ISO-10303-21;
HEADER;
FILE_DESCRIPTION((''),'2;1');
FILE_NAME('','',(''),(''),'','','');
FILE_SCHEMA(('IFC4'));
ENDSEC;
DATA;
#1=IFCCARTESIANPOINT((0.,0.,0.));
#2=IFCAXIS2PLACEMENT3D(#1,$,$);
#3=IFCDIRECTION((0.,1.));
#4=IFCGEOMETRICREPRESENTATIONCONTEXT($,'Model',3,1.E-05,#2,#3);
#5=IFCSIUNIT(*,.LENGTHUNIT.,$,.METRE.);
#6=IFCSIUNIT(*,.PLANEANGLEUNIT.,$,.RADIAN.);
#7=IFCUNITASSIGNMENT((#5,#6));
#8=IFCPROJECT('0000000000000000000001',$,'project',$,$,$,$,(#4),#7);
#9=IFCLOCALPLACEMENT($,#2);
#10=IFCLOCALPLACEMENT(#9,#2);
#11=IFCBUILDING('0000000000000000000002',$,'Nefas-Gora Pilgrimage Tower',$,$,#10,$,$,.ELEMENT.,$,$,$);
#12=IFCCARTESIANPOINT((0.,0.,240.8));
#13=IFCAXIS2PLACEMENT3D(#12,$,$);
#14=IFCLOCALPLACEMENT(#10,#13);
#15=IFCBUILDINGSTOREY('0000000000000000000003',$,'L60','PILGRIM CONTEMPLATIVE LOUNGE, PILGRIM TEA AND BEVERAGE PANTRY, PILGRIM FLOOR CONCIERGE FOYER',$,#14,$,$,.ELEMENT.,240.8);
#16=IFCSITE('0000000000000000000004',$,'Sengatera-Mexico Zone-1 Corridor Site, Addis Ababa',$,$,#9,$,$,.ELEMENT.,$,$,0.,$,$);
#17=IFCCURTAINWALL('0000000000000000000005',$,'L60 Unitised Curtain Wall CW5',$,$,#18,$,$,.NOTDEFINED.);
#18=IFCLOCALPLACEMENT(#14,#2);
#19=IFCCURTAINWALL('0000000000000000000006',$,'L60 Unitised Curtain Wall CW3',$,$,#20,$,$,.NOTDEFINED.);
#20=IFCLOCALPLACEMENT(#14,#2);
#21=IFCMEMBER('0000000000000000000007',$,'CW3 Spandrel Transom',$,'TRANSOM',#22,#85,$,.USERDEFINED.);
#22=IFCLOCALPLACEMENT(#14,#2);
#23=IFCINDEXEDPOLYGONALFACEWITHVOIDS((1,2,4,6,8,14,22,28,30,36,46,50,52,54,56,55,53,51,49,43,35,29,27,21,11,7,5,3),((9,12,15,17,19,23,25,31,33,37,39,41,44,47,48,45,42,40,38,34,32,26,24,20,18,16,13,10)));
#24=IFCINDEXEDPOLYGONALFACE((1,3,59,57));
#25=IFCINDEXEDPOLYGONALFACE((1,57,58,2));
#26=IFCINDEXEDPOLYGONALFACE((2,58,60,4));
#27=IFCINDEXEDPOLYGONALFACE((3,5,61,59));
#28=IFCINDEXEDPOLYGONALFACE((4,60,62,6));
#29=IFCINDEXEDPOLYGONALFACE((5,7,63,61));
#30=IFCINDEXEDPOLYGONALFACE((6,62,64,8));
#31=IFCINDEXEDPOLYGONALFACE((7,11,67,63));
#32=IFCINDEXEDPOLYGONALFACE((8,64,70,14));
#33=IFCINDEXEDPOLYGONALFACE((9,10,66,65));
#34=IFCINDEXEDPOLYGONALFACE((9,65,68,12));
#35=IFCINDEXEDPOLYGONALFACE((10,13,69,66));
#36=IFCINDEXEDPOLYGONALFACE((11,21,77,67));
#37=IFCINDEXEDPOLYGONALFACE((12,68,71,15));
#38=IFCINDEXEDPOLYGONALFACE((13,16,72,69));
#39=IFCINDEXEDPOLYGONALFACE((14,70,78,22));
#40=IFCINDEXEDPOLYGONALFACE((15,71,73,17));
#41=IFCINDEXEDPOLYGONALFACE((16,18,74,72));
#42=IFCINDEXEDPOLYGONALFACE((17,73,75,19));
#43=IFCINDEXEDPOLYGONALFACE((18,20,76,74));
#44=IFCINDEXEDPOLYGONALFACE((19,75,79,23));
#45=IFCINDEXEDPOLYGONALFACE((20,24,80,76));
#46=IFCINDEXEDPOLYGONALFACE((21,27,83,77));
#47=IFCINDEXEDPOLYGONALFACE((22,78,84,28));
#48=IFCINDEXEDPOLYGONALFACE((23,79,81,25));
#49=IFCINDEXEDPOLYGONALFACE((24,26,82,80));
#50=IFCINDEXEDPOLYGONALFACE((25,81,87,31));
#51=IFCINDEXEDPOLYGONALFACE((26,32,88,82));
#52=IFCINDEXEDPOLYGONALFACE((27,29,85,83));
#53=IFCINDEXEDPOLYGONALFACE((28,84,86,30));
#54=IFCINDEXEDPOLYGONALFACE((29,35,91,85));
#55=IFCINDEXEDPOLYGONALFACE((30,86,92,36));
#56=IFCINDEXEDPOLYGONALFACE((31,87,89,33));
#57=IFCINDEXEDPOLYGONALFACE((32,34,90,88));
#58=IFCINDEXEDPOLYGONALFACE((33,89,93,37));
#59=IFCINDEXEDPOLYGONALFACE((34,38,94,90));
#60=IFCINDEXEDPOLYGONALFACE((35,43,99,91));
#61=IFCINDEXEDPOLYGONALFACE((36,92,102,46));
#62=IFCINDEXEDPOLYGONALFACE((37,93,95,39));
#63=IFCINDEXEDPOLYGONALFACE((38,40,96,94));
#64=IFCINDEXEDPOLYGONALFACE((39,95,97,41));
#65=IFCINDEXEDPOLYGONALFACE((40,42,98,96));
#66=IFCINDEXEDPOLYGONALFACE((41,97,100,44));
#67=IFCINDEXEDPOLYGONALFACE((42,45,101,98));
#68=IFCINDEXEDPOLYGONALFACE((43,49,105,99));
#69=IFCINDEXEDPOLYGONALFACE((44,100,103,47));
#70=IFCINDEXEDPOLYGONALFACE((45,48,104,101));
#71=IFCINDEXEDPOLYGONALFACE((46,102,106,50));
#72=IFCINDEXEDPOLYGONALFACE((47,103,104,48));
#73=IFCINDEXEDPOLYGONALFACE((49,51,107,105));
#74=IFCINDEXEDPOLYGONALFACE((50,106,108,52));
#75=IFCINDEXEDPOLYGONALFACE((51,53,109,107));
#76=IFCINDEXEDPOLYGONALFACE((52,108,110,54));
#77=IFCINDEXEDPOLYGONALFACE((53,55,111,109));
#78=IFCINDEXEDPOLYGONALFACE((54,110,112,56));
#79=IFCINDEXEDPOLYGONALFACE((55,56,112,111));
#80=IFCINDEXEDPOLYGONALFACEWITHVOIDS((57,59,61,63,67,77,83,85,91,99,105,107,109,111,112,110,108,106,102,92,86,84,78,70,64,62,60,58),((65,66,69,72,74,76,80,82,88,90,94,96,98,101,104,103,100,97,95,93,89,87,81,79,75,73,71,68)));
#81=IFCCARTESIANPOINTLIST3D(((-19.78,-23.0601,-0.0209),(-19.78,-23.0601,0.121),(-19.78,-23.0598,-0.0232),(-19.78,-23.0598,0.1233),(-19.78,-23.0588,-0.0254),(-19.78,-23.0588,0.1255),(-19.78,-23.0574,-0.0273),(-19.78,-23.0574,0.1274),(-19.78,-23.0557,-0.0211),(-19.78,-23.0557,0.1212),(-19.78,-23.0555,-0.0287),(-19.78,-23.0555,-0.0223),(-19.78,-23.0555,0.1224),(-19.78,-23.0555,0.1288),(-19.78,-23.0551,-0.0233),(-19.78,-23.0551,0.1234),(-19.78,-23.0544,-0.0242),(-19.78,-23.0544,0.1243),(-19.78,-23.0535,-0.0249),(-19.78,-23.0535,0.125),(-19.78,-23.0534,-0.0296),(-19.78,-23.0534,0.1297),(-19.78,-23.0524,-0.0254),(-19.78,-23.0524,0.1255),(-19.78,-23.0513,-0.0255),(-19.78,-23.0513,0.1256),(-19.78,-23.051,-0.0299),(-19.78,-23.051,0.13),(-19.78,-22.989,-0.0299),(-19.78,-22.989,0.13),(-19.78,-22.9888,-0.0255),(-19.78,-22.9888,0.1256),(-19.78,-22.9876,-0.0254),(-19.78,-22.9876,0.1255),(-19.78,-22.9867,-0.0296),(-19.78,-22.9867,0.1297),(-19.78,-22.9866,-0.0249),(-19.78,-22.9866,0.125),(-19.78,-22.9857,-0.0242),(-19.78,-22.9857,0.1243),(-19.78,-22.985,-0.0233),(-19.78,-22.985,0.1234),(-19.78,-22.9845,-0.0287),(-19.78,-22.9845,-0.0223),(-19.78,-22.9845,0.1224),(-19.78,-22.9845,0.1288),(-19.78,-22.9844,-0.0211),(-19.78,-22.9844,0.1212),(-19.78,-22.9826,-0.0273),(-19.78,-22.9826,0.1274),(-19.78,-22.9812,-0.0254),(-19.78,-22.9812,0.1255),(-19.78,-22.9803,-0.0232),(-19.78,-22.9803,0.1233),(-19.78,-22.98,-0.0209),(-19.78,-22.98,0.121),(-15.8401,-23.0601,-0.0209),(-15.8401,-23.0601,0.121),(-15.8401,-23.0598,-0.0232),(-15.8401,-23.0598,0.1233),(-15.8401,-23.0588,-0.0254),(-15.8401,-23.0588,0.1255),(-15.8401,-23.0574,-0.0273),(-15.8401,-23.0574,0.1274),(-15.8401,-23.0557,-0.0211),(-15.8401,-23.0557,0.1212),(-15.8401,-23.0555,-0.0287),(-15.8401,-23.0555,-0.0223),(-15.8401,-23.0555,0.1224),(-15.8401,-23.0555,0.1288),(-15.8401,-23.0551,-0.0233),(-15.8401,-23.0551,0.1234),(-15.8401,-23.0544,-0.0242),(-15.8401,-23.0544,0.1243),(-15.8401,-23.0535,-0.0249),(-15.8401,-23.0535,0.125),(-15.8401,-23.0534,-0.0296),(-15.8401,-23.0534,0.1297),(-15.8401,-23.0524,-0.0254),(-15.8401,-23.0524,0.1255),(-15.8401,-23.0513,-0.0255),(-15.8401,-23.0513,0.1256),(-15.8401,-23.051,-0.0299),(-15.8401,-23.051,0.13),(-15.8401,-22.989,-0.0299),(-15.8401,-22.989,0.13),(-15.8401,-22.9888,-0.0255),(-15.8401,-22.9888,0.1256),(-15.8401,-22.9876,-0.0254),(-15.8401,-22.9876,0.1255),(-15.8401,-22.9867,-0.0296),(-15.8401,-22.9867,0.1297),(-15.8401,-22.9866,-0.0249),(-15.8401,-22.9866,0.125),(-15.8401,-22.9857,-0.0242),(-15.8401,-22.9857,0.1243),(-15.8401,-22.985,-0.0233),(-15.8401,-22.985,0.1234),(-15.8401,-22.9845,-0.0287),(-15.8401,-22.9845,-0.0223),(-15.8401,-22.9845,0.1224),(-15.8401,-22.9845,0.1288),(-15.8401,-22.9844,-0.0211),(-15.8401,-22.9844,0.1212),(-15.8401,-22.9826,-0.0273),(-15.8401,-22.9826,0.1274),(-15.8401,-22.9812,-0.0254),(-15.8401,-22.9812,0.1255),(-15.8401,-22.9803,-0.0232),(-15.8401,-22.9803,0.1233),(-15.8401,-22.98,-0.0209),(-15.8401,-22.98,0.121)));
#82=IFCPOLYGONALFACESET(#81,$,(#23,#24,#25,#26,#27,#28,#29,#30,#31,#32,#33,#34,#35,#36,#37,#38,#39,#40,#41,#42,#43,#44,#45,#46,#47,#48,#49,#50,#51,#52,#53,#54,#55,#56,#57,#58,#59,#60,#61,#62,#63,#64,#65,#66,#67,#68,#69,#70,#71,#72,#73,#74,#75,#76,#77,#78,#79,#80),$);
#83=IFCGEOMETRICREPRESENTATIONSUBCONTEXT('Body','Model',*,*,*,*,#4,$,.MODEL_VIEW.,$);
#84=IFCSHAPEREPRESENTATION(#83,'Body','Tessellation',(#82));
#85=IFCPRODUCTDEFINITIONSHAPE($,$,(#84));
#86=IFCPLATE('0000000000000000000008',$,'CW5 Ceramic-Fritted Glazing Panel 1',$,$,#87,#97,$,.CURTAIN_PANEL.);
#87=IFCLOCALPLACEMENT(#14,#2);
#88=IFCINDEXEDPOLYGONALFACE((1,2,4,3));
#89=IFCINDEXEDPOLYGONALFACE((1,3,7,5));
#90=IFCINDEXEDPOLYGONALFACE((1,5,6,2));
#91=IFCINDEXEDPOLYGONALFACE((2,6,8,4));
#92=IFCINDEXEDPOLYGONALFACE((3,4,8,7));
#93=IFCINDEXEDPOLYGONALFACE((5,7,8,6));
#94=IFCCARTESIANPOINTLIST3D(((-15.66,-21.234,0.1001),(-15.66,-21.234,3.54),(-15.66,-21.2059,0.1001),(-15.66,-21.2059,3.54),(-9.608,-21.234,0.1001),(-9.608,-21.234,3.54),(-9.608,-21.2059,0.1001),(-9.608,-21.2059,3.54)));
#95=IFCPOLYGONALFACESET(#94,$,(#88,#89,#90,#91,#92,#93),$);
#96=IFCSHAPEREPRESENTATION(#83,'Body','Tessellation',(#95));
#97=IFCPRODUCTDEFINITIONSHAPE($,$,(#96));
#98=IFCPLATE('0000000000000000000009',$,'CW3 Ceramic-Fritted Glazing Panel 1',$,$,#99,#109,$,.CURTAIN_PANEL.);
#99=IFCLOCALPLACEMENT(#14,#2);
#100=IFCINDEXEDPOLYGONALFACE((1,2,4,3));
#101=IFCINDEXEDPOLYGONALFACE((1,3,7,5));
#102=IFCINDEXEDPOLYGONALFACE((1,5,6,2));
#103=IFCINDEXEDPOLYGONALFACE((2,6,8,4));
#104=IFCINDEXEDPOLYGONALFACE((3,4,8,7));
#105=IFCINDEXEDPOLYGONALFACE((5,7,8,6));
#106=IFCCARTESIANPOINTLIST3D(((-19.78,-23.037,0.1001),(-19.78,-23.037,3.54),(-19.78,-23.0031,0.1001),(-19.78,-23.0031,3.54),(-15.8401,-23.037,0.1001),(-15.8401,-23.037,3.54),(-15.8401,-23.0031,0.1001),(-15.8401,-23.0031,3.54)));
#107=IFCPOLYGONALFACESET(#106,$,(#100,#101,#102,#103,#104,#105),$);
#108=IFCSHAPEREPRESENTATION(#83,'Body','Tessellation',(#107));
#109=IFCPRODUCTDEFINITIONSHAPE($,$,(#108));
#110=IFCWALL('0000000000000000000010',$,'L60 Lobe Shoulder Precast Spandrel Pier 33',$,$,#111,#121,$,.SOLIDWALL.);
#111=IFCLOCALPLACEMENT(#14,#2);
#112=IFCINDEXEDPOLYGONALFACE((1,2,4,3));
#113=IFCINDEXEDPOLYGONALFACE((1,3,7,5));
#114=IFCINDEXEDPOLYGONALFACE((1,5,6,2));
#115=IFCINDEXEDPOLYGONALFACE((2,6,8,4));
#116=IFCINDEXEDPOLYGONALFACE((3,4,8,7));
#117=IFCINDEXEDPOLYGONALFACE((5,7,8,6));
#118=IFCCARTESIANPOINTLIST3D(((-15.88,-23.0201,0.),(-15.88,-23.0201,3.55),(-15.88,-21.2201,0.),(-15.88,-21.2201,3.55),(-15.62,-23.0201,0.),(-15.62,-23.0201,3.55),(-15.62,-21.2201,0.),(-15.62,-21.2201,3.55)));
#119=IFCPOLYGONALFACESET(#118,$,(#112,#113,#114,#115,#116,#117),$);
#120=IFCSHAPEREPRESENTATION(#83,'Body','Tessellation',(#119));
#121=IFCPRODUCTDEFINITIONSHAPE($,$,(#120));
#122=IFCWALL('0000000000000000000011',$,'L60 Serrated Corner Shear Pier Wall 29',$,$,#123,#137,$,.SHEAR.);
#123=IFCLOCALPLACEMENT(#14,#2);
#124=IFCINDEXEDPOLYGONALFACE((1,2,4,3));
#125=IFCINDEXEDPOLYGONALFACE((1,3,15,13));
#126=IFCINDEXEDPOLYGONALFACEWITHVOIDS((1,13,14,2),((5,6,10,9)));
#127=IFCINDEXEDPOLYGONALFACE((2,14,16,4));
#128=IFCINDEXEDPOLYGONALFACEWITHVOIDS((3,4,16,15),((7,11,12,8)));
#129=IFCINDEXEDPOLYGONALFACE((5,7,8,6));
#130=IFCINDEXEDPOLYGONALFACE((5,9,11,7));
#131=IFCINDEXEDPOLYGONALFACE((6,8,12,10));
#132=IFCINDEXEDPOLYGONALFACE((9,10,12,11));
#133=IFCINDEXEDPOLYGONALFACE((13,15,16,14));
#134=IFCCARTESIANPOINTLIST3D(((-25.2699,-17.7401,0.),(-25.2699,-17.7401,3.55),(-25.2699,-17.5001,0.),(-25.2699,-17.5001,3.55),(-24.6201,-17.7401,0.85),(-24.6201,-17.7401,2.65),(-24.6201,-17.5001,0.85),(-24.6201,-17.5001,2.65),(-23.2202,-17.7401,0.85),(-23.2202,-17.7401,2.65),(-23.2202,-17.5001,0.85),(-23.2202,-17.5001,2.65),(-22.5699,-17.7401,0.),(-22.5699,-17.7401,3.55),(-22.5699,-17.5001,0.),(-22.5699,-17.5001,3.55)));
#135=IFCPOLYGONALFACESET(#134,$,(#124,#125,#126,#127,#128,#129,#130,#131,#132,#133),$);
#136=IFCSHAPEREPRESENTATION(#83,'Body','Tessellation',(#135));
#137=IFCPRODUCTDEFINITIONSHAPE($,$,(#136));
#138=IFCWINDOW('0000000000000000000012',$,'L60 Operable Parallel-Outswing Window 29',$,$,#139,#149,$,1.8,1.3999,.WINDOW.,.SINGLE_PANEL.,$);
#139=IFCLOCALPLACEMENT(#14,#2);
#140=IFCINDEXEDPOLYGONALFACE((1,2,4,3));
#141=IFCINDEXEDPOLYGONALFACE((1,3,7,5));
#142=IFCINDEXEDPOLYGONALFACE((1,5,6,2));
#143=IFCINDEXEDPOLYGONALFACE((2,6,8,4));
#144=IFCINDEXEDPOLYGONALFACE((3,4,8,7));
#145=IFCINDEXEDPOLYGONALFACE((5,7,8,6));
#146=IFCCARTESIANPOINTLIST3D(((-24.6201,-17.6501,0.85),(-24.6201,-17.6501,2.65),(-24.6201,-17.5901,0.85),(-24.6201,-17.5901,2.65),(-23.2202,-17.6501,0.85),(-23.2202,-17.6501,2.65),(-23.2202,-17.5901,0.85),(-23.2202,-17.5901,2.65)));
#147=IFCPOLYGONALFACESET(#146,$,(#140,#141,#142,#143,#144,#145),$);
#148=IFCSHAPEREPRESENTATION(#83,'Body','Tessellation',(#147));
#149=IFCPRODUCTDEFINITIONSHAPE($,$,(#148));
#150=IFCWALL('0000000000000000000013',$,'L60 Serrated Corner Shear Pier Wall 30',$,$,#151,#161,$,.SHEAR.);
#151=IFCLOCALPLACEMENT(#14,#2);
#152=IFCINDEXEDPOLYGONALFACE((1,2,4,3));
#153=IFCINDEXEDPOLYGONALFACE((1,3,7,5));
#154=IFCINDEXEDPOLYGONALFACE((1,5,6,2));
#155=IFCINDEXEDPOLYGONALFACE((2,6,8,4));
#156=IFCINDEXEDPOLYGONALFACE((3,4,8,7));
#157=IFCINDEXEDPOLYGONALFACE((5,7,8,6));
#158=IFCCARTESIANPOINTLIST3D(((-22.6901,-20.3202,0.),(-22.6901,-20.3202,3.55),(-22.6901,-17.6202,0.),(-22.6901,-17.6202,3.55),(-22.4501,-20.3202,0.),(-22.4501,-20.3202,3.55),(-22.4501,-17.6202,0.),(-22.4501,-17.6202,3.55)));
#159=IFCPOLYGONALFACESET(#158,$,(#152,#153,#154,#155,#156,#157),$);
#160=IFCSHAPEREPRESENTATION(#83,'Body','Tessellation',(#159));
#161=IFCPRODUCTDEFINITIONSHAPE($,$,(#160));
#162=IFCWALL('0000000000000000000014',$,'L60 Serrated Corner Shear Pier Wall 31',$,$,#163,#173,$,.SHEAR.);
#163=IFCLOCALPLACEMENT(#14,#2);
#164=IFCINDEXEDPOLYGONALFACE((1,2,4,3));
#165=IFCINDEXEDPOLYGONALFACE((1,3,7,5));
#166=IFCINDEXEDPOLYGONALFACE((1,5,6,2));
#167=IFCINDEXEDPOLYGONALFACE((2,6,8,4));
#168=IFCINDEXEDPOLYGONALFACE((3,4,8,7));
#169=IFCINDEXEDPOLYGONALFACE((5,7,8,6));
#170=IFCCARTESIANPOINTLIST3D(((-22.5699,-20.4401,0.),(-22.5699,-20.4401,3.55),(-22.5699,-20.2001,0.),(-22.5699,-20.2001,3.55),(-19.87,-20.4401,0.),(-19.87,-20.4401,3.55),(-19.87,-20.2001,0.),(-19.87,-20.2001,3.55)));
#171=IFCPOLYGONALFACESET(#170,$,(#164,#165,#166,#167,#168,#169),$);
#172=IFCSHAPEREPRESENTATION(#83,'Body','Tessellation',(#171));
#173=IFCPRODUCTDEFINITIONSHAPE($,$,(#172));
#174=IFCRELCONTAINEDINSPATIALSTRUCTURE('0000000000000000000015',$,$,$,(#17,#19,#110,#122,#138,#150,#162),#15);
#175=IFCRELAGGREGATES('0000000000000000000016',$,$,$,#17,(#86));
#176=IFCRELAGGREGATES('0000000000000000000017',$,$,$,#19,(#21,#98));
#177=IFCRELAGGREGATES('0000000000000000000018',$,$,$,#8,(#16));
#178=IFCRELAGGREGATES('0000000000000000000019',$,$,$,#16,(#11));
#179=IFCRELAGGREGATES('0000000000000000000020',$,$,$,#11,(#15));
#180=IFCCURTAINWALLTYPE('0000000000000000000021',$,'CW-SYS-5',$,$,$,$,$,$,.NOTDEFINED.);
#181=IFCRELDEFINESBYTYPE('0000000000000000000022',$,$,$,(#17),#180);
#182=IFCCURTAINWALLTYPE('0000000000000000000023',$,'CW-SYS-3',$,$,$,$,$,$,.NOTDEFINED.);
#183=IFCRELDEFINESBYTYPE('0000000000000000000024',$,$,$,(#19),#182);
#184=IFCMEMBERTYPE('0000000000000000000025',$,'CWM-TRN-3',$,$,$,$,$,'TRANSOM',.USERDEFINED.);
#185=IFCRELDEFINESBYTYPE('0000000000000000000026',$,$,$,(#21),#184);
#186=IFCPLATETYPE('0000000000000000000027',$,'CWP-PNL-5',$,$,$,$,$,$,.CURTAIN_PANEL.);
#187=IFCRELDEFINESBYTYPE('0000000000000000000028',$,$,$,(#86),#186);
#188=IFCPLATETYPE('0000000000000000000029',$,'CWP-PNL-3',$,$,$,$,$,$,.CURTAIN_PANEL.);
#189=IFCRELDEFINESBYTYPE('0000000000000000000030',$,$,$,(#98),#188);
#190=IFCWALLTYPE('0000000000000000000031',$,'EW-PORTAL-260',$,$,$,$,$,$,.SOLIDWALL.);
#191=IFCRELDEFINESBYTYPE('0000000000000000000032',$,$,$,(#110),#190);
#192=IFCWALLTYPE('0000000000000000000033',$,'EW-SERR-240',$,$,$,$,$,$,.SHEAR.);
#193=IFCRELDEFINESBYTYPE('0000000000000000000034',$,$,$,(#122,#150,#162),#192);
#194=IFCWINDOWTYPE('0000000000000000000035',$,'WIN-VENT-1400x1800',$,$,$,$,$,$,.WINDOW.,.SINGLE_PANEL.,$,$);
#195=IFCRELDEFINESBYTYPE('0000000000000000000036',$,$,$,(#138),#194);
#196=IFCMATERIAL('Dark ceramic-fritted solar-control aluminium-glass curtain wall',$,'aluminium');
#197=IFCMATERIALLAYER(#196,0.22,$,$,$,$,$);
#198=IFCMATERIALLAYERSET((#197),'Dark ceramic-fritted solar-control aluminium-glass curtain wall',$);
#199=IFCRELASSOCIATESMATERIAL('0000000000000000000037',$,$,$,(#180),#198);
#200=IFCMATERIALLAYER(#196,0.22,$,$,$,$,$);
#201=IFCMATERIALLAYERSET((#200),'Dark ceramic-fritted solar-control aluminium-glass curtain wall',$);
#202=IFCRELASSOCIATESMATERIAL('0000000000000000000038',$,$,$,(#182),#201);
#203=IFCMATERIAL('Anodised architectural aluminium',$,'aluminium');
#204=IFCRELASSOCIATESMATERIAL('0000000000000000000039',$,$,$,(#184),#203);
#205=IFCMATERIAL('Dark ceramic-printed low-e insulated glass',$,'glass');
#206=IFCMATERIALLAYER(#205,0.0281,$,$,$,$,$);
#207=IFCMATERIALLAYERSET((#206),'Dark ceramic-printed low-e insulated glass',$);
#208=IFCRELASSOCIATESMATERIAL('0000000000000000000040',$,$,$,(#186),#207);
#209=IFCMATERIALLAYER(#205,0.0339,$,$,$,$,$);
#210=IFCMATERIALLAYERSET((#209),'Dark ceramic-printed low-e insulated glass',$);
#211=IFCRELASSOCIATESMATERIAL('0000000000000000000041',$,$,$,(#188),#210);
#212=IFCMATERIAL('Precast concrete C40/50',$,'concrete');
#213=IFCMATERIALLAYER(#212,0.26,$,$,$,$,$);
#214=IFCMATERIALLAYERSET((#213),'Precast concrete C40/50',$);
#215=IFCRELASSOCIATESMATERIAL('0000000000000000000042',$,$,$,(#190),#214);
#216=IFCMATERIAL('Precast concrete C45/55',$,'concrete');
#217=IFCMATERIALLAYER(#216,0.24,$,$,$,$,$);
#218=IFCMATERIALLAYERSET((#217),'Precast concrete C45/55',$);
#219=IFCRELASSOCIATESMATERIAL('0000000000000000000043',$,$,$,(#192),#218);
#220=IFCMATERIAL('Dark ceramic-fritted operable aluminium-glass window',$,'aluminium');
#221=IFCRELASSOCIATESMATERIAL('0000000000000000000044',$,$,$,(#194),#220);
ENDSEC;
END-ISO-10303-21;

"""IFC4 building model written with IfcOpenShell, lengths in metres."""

from ifc_helpers import new_model, si_unit, direction, frame, frame_2d, origin, origin_2d, place, context, subcontext, project, spatial, rectangle, hollow_rectangle, extrude, source, transform, mapped, material, layer, layer_set, material_profile, profile_set, type_object, element, fill, aggregate, save


model = new_model("IFC4")

# Units and contexts
model_context = context("Model", 3, precision=1e-05, world=origin(), true_north=direction((0.0, 1.0)))
body_context = subcontext(model_context, "Body", "Model", "MODEL_VIEW")
ifc_project = project(units=[si_unit("LENGTHUNIT", "METRE"), si_unit("PLANEANGLEUNIT", "RADIAN")], contexts=[model_context])

# Site, building, storey
site_placement = place(None, origin())
site = spatial("IfcSite", under=ifc_project, at=site_placement, Name="Sengatera-Mexico Zone-1 Corridor Site, Addis Ababa", CompositionType="ELEMENT", RefElevation=0.0)
building_placement = place(site_placement, origin())
building = spatial("IfcBuilding", under=site, at=building_placement, Name="Nefas-Gora Pilgrimage Tower", CompositionType="ELEMENT")
storey_placement = place(building_placement, frame((0.0, 0.0, 240.8)))
storey = spatial("IfcBuildingStorey", under=building, at=storey_placement, Name="L60", Description="PILGRIM CONTEMPLATIVE LOUNGE, PILGRIM TEA AND BEVERAGE PANTRY, PILGRIM FLOOR CONCIERGE FOYER", CompositionType="ELEMENT", Elevation=240.8)

# Curtain wall
ifc_material_1 = material(Name="Dark ceramic-fritted solar-control aluminium-glass curtain wall", Category="aluminium")
ifc_layer_1 = layer(ifc_material_1, 0.22)
ifc_layer_set_1 = layer_set([ifc_layer_1], Name="Dark ceramic-fritted solar-control aluminium-glass curtain wall")
curtain_wall_type_1 = type_object("IfcCurtainWallType", Name="CW-SYS-5", PredefinedType="NOTDEFINED", material=ifc_layer_set_1)
curtain_wall_1_placement = place(storey_placement, origin())
curtain_wall_1 = element("IfcCurtainWall", 1, at=curtain_wall_1_placement, inside=storey, type_object=curtain_wall_type_1, Name="L60 Unitised Curtain Wall CW5", PredefinedType="NOTDEFINED")
ifc_material_2 = material(Name="Anodised architectural aluminium", Category="aluminium")

# Shared definitions
ifc_layer_2 = layer(ifc_material_1, 0.22)
ifc_layer_set_2 = layer_set([ifc_layer_2], Name="Dark ceramic-fritted solar-control aluminium-glass curtain wall")
curtain_wall_type_2 = type_object("IfcCurtainWallType", Name="CW-SYS-3", PredefinedType="NOTDEFINED", material=ifc_layer_set_2)

# Curtain wall, member
curtain_wall_2_placement = place(storey_placement, origin())
curtain_wall_2 = element("IfcCurtainWall", 2, at=curtain_wall_2_placement, inside=storey, type_object=curtain_wall_type_2, Name="L60 Unitised Curtain Wall CW3", PredefinedType="NOTDEFINED")
ifc_material_profile_1 = material_profile(ifc_material_2, hollow_rectangle(XDim=0.0801, YDim=0.1599, WallThickness=0.0044, InnerFilletRadius=0.0044, OuterFilletRadius=0.009, at=origin_2d()), Name="ALU TRANSOM 80x160")
ifc_profile_set_1 = profile_set([ifc_material_profile_1], Name="Anodised architectural aluminium")
member_type_1 = type_object("IfcMemberType", Name="CWM-TRN-3", ElementType="TRANSOM", PredefinedType="USERDEFINED", material=ifc_profile_set_1)
shared_shape_1 = source(origin(), body_context, "Body", "SweptSolid", [
    extrude(hollow_rectangle(XDim=0.0801, YDim=0.1599, WallThickness=0.0044, InnerFilletRadius=0.0044, OuterFilletRadius=0.009, at=origin_2d()), origin(), (0.0, 0.0, 1.0), 3.9399),
])
member_1_placement = place(storey_placement, frame((-19.78, -23.02, 0.05), z_axis=(1.0, 0.0, 0.0), x_axis=(0.0, 1.0, 0.0)))
member_1 = element("IfcMember", 3, at=member_1_placement, type_object=member_type_1, Name="CW3 Spandrel Transom", ObjectType="TRANSOM", PredefinedType="USERDEFINED", context=body_context, shape_type="MappedRepresentation", body=[
    mapped(shared_shape_1, transform((0.0, 0.0, 0.0), x_axis=(1.0, 0.0, 0.0), y_axis=(0.0, 1.0, 0.0), z_axis=(0.0, 0.0, 1.0), scale=1.0)),
])

# Plates
ifc_material_3 = material(Name="Dark ceramic-printed low-e insulated glass", Category="glass")
ifc_layer_3 = layer(ifc_material_3, 0.0281)
ifc_layer_set_3 = layer_set([ifc_layer_3], Name="Dark ceramic-printed low-e insulated glass")
plate_type_1 = type_object("IfcPlateType", Name="CWP-PNL-5", PredefinedType="CURTAIN_PANEL", material=ifc_layer_set_3)
shared_shape_2 = source(origin(), body_context, "Body", "SweptSolid", [
    extrude(rectangle(XDim=6.052, YDim=0.0281, at=origin_2d()), origin(), (0.0, 0.0, 1.0), 3.4399),
])
plate_1_placement = place(storey_placement, frame((-12.634, -21.22, 0.1001), z_axis=(0.0, 0.0, 1.0), x_axis=(1.0, 0.0, 0.0)))
plate_1 = element("IfcPlate", 4, at=plate_1_placement, type_object=plate_type_1, Name="CW5 Ceramic-Fritted Glazing Panel 1", PredefinedType="CURTAIN_PANEL", context=body_context, shape_type="MappedRepresentation", body=[
    mapped(shared_shape_2, transform((0.0, 0.0, 0.0), x_axis=(1.0, 0.0, 0.0), y_axis=(0.0, 1.0, 0.0), z_axis=(0.0, 0.0, 1.0), scale=1.0)),
])
aggregate(curtain_wall_1, [plate_1])
ifc_layer_4 = layer(ifc_material_3, 0.0339)
ifc_layer_set_4 = layer_set([ifc_layer_4], Name="Dark ceramic-printed low-e insulated glass")
plate_type_2 = type_object("IfcPlateType", Name="CWP-PNL-3", PredefinedType="CURTAIN_PANEL", material=ifc_layer_set_4)
shared_shape_3 = source(origin(), body_context, "Body", "SweptSolid", [
    extrude(rectangle(XDim=3.9399, YDim=0.0339, at=origin_2d()), origin(), (0.0, 0.0, 1.0), 3.4399),
])
plate_2_placement = place(storey_placement, frame((-17.8101, -23.02, 0.1001), z_axis=(0.0, 0.0, 1.0), x_axis=(1.0, 0.0, 0.0)))
plate_2 = element("IfcPlate", 5, at=plate_2_placement, type_object=plate_type_2, Name="CW3 Ceramic-Fritted Glazing Panel 1", PredefinedType="CURTAIN_PANEL", context=body_context, shape_type="MappedRepresentation", body=[
    mapped(shared_shape_3, transform((0.0, 0.0, 0.0), x_axis=(1.0, 0.0, 0.0), y_axis=(0.0, 1.0, 0.0), z_axis=(0.0, 0.0, 1.0), scale=1.0)),
])
aggregate(curtain_wall_2, [member_1, plate_2])

# Wall
ifc_material_4 = material(Name="Precast concrete C40/50", Category="concrete")
ifc_layer_5 = layer(ifc_material_4, 0.26)
ifc_layer_set_5 = layer_set([ifc_layer_5], Name="Precast concrete C40/50")
wall_type_1 = type_object("IfcWallType", Name="EW-PORTAL-260", PredefinedType="SOLIDWALL", material=ifc_layer_set_5)
shared_shape_4 = source(origin(), body_context, "Body", "SweptSolid", [
    extrude(rectangle(XDim=1.8, YDim=0.26, at=frame_2d((0.8999, 0.0))), origin(), (0.0, 0.0, 1.0), 3.55),
])
wall_1_placement = place(storey_placement, frame((-15.75, -23.02, 0.0), z_axis=(0.0, 0.0, 1.0), x_axis=(0.0, 1.0, 0.0)))
element("IfcWall", 6, at=wall_1_placement, inside=storey, type_object=wall_type_1, Name="L60 Lobe Shoulder Precast Spandrel Pier 33", PredefinedType="SOLIDWALL", context=body_context, shape_type="MappedRepresentation", body=[
    mapped(shared_shape_4, transform((0.0, 0.0, 0.0), x_axis=(1.0, 0.0, 0.0), y_axis=(0.0, 1.0, 0.0), z_axis=(0.0, 0.0, 1.0), scale=1.0)),
])

# Wall, opening, window
ifc_material_5 = material(Name="Precast concrete C45/55", Category="concrete")
ifc_layer_6 = layer(ifc_material_5, 0.24)
ifc_layer_set_6 = layer_set([ifc_layer_6], Name="Precast concrete C45/55")
wall_type_2 = type_object("IfcWallType", Name="EW-SERR-240", PredefinedType="SHEAR", material=ifc_layer_set_6)
shared_shape_5 = source(origin(), body_context, "Body", "SweptSolid", [
    extrude(rectangle(XDim=2.7, YDim=0.24, at=frame_2d((1.3501, 0.0))), origin(), (0.0, 0.0, 1.0), 3.55),
])
wall_2_placement = place(storey_placement, frame((-25.27, -17.6201, 0.0), z_axis=(0.0, 0.0, 1.0), x_axis=(1.0, 0.0, 0.0)))
wall_2 = element("IfcWall", 7, at=wall_2_placement, inside=storey, type_object=wall_type_2, Name="L60 Serrated Corner Shear Pier Wall 29", PredefinedType="SHEAR", context=body_context, shape_type="MappedRepresentation", body=[
    mapped(shared_shape_5, transform((0.0, 0.0, 0.0), x_axis=(1.0, 0.0, 0.0), y_axis=(0.0, 1.0, 0.0), z_axis=(0.0, 0.0, 1.0), scale=1.0)),
])
opening_1_placement = place(wall_2_placement, frame((0.6499, 0.0, 0.8501)))
opening_1 = element("IfcOpeningElement", 8, at=opening_1_placement, cuts=wall_2, PredefinedType="OPENING", context=body_context, shape_type="SweptSolid", body=[
    extrude(rectangle(XDim=1.3999, YDim=1.8, at=frame_2d((0.7, 0.8999))), frame((0.0, 0.1299, 0.0), z_axis=(0.0, -1.0, 0.0), x_axis=(1.0, 0.0, 0.0)), (0.0, 0.0, 1.0), 0.26),
])
ifc_material_6 = material(Name="Dark ceramic-fritted operable aluminium-glass window", Category="aluminium")
window_type = type_object("IfcWindowType", Name="WIN-VENT-1400x1800", PartitioningType="SINGLE_PANEL", PredefinedType="WINDOW", material=ifc_material_6)
shared_shape_6 = source(origin(), body_context, "Body", "SweptSolid", [
    extrude(rectangle(XDim=1.3999, YDim=1.8, at=frame_2d((0.7, 0.8999))), frame((0.0, 0.03, 0.0), z_axis=(0.0, -1.0, 0.0), x_axis=(1.0, 0.0, 0.0)), (0.0, 0.0, 1.0), 0.0601),
])
window_placement = place(opening_1_placement, origin())
window = element("IfcWindow", 9, at=window_placement, inside=storey, type_object=window_type, Name="L60 Operable Parallel-Outswing Window 29", OverallHeight=1.8, OverallWidth=1.3999, PartitioningType="SINGLE_PANEL", PredefinedType="WINDOW", context=body_context, shape_type="MappedRepresentation", body=[
    mapped(shared_shape_6, transform((0.0, 0.0, 0.0), x_axis=(1.0, 0.0, 0.0), y_axis=(0.0, 1.0, 0.0), z_axis=(0.0, 0.0, 1.0), scale=1.0)),
])
fill(opening_1, window)

# Walls
for number, where, z_axis, x_axis, name in (
    (10, (-22.5701, -17.6201, 0.0), (0.0, 0.0, 1.0), (0.0, -1.0, 0.0), "L60 Serrated Corner Shear Pier Wall 30"),
    (11, (-22.5701, -20.3201, 0.0), (0.0, 0.0, 1.0), (1.0, 0.0, 0.0), "L60 Serrated Corner Shear Pier Wall 31"),
):
    element("IfcWall", number, at=place(storey_placement, frame(where, z_axis=z_axis, x_axis=x_axis)), inside=storey, type_object=wall_type_2, Name=name, PredefinedType="SHEAR", context=body_context, shape_type="MappedRepresentation", body=[
        mapped(shared_shape_5, transform((0.0, 0.0, 0.0), x_axis=(1.0, 0.0, 0.0), y_axis=(0.0, 1.0, 0.0), z_axis=(0.0, 0.0, 1.0), scale=1.0)),
    ])

save(model, "model.ifc")
